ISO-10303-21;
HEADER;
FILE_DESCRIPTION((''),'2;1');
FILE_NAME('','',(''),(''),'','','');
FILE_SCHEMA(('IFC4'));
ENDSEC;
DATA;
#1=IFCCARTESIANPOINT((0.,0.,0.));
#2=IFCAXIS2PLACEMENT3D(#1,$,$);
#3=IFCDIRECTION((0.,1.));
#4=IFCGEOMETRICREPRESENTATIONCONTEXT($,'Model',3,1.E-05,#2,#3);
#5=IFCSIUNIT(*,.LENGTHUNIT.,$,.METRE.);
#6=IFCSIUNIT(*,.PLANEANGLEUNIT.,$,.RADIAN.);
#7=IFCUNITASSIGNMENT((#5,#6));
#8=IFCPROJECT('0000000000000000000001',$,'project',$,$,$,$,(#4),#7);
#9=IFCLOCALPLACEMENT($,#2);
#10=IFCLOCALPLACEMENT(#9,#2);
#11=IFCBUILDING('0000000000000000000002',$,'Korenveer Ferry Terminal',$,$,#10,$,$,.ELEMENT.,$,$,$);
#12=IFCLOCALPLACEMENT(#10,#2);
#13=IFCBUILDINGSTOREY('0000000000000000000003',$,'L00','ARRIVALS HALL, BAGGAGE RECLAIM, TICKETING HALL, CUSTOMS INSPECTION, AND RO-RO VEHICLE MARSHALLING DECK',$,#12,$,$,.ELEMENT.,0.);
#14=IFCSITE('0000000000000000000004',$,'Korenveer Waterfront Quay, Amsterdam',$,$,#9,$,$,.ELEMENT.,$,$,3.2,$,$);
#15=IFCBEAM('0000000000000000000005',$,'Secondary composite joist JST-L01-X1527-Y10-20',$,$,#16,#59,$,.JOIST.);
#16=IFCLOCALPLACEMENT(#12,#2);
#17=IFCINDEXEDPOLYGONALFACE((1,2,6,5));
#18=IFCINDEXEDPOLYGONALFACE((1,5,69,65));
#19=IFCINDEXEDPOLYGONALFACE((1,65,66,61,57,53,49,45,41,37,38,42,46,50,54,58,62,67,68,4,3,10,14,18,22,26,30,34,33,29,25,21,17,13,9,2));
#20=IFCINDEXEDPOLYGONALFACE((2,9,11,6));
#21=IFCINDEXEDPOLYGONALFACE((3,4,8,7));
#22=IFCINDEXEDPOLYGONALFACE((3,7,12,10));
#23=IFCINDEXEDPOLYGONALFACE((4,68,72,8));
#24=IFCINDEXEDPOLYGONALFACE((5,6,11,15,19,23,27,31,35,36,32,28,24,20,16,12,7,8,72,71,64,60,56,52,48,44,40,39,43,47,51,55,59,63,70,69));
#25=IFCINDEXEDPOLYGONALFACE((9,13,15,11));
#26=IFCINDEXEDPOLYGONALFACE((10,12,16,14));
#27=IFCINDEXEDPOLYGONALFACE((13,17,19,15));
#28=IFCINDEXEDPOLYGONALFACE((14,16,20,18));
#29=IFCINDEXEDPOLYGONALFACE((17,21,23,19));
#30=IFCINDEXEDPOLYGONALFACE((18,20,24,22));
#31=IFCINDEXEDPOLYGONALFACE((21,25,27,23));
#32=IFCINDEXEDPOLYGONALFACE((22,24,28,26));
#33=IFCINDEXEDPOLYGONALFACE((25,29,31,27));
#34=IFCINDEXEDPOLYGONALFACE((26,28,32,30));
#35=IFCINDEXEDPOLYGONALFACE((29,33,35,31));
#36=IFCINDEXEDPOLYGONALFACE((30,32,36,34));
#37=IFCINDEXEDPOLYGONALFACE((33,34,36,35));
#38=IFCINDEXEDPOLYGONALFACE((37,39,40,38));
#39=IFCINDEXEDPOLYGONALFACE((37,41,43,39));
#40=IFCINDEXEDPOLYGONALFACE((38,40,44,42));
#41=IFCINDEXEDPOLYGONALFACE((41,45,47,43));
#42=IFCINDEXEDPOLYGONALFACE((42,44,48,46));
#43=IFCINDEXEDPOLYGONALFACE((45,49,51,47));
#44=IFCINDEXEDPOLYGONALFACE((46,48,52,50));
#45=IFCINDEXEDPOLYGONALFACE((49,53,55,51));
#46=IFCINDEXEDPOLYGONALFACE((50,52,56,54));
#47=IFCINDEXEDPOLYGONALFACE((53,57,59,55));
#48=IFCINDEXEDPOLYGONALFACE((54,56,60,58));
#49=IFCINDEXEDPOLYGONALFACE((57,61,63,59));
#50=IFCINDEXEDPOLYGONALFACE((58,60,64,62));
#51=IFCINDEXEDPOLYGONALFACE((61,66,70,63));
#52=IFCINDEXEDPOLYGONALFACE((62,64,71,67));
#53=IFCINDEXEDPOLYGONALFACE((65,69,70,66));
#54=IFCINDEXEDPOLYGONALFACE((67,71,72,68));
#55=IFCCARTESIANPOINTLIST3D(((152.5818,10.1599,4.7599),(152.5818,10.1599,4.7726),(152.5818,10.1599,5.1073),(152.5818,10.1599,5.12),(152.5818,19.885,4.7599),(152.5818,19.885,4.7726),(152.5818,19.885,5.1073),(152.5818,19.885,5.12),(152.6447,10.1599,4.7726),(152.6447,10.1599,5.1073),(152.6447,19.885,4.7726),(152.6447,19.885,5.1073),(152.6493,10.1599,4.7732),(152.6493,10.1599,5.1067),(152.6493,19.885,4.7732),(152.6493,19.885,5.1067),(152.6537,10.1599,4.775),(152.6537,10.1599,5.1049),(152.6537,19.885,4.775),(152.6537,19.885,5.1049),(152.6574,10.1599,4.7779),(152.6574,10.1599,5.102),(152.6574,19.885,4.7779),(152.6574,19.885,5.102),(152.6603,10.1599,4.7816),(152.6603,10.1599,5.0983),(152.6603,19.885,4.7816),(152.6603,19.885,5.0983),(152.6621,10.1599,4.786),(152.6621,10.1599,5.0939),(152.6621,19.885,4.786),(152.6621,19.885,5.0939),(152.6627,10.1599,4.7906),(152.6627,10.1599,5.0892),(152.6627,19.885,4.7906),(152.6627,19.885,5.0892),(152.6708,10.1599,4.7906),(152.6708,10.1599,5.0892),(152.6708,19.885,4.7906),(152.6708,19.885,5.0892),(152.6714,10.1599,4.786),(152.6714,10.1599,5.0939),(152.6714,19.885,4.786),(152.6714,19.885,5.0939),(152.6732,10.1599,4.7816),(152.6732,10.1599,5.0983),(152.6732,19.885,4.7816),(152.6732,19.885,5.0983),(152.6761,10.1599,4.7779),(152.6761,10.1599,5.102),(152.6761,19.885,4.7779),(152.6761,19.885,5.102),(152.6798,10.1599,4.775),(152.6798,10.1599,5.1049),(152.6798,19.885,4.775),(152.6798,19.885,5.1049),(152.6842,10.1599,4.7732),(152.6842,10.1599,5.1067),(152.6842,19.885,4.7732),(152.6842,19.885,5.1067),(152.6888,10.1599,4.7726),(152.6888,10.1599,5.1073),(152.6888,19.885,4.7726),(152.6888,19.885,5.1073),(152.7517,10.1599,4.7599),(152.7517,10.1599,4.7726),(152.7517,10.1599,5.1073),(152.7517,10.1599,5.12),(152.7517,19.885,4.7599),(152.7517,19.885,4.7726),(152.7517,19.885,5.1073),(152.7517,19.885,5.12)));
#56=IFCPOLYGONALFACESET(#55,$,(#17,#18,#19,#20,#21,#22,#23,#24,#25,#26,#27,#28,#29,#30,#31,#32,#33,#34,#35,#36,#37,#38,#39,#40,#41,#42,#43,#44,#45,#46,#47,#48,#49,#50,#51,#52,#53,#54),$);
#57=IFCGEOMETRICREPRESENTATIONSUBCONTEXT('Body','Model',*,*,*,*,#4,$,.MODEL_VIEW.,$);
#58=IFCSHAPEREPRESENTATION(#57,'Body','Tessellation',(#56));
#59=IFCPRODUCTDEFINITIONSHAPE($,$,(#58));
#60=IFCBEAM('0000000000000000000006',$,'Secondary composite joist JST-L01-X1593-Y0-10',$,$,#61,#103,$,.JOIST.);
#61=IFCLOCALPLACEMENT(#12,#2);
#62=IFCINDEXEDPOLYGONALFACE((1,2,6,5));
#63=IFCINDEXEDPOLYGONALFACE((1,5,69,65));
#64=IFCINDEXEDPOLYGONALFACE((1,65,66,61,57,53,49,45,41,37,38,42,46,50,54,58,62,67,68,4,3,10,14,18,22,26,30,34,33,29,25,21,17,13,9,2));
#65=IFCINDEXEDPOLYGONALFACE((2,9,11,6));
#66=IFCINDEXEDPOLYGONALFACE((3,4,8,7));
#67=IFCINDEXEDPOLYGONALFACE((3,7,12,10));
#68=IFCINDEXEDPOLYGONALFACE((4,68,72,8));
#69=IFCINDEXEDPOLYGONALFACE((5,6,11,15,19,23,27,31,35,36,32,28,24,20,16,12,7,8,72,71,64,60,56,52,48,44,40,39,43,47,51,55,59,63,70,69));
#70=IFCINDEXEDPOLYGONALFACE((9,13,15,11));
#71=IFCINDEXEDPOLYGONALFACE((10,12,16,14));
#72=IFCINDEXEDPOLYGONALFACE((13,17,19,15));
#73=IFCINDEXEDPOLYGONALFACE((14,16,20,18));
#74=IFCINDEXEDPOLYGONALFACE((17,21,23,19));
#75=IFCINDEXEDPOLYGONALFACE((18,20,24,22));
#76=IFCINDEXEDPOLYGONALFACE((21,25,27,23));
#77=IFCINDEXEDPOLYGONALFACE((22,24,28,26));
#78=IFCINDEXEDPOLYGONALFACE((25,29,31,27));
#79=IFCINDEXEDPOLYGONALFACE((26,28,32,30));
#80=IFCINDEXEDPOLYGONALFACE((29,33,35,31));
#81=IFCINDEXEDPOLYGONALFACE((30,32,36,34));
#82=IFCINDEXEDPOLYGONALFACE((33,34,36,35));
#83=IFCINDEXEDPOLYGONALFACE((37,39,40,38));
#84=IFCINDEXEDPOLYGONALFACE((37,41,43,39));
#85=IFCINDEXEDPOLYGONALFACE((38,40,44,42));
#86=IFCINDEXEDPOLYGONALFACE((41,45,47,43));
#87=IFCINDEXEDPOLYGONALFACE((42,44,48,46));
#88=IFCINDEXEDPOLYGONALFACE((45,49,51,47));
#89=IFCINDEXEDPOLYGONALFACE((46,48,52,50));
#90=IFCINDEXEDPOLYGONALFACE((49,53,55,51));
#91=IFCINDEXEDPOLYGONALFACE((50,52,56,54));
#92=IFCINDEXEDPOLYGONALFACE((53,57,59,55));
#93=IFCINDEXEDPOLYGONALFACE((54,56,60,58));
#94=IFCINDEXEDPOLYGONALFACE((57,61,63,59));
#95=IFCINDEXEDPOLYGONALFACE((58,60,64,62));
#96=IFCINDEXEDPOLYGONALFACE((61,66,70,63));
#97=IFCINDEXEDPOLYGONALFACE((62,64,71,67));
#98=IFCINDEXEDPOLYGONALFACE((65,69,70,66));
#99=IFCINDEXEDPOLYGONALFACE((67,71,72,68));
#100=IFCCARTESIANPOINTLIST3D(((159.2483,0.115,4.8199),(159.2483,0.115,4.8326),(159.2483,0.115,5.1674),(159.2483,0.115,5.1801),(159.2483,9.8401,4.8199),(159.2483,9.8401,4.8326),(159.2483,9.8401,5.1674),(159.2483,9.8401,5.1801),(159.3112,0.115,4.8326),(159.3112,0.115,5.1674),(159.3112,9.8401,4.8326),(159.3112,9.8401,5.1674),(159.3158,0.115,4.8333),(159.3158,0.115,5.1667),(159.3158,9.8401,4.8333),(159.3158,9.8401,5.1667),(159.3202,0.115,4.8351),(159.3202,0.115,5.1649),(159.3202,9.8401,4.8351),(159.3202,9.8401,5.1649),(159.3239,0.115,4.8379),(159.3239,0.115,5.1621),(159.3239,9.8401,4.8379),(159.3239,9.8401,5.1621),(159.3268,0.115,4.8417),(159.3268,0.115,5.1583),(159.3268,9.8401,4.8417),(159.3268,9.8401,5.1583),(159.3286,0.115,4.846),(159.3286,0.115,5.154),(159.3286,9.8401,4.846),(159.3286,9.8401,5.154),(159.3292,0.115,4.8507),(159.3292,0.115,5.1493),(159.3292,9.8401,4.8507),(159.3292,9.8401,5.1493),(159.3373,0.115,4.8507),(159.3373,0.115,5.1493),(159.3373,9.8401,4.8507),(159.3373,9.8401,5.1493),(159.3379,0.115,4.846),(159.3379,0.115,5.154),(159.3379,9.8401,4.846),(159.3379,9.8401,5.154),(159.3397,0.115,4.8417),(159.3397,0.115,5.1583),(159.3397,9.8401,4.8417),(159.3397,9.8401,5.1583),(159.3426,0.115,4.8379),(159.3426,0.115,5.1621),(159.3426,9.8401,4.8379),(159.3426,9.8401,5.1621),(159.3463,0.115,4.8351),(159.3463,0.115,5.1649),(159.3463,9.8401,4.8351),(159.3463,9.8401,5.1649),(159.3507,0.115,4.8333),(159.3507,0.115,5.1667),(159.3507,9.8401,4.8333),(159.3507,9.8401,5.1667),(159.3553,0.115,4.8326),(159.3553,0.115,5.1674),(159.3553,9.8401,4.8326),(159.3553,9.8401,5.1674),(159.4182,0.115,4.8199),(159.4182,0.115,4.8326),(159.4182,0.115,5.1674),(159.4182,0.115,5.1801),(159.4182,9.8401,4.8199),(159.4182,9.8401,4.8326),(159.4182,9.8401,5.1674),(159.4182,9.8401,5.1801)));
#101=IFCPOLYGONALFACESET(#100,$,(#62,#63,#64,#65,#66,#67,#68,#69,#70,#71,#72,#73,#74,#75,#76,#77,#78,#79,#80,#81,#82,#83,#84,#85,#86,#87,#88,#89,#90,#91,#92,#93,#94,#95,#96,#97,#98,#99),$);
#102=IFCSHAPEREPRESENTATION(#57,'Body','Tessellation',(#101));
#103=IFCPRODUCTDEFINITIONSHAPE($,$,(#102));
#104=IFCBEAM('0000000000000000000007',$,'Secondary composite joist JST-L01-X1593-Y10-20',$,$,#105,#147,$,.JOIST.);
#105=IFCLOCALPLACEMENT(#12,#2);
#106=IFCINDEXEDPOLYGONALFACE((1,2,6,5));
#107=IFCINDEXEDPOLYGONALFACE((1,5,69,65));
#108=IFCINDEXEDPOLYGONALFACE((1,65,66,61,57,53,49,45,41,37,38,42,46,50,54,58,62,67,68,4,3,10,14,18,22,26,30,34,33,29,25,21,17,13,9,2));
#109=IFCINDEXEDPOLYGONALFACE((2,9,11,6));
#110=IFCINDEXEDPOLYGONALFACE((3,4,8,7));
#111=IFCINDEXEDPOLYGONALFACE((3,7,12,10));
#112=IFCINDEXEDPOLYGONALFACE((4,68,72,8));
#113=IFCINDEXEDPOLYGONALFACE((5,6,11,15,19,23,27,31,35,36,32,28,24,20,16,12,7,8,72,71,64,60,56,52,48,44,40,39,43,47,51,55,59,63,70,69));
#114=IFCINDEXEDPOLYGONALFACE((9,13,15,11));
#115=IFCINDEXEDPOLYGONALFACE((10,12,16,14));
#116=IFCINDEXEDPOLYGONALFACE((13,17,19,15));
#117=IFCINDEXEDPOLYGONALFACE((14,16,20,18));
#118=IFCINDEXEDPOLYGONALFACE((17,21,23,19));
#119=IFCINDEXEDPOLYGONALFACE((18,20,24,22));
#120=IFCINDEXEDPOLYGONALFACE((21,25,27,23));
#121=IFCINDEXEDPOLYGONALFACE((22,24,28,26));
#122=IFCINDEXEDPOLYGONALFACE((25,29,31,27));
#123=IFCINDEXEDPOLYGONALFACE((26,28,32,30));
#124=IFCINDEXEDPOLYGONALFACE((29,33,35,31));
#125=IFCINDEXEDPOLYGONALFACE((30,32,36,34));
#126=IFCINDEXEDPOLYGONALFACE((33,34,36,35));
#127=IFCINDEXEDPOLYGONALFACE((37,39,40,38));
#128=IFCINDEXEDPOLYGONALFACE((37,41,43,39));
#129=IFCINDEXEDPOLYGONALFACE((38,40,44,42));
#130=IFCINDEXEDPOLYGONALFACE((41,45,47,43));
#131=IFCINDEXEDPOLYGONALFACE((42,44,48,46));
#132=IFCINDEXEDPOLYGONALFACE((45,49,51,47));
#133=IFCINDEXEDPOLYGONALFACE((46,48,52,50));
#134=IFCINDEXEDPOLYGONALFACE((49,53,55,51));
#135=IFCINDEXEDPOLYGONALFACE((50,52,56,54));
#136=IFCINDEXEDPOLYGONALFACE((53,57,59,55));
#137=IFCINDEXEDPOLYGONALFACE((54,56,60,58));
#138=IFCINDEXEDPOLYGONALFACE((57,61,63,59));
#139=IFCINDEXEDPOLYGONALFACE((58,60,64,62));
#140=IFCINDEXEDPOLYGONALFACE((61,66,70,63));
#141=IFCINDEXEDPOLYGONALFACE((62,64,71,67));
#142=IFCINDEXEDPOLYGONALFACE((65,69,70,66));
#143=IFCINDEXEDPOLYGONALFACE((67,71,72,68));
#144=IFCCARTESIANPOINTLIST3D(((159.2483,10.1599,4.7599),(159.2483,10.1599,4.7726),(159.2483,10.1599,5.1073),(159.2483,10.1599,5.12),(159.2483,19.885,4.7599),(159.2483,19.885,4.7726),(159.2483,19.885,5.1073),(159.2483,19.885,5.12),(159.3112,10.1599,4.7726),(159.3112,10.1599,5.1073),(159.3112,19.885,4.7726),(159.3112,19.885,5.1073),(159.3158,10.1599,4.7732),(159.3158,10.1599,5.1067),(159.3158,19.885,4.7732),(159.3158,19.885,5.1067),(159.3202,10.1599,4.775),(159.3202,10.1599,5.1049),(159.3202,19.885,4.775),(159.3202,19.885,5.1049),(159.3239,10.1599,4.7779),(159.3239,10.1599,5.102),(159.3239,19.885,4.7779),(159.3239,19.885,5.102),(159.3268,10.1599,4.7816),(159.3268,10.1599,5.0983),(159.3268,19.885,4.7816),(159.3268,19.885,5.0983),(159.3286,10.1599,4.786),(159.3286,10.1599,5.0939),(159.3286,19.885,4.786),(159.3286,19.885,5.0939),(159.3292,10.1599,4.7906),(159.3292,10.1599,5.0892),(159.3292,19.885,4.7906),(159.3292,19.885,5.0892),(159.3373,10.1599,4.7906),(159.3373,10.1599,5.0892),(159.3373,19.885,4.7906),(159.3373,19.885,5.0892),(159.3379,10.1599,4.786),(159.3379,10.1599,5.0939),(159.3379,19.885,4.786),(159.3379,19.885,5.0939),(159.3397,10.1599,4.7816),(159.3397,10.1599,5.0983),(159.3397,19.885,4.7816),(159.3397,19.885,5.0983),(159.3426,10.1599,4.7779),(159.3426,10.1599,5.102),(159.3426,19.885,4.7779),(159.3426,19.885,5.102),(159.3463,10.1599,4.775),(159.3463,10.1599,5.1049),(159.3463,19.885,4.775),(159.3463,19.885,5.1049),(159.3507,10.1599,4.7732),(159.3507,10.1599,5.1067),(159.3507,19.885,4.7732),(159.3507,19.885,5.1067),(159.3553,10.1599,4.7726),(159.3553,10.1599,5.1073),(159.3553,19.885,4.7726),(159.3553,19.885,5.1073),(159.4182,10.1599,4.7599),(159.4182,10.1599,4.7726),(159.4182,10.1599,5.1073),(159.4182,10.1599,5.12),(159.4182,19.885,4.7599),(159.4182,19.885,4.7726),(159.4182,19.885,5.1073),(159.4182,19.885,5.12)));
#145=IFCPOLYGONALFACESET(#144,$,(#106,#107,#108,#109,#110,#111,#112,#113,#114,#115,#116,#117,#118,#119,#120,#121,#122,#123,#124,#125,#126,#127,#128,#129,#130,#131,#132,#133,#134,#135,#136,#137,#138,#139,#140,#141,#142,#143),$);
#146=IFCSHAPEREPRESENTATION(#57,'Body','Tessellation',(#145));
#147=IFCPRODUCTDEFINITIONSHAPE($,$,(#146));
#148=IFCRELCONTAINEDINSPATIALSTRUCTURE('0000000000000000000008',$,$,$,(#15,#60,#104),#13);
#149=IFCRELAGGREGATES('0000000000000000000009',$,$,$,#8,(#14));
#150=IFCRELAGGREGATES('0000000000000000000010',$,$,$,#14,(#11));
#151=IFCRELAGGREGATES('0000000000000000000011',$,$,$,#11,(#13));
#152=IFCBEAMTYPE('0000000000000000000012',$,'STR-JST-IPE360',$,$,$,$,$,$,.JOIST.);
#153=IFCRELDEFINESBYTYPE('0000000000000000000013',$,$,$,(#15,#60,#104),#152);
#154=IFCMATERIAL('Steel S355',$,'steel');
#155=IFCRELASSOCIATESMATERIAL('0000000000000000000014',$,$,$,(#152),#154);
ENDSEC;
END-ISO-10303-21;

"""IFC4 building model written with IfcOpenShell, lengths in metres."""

from ifc_helpers import new_model, si_unit, direction, frame, origin, origin_2d, place, context, subcontext, project, spatial, i_section, extrude, material, material_profile, profile_set, type_object, element, save


model = new_model("IFC4")

# Units and contexts
model_context = context("Model", 3, precision=1e-05, world=origin(), true_north=direction((0.0, 1.0)))
body_context = subcontext(model_context, "Body", "Model", "MODEL_VIEW")
ifc_project = project(units=[si_unit("LENGTHUNIT", "METRE"), si_unit("PLANEANGLEUNIT", "RADIAN")], contexts=[model_context])

# Site, building, storey
site_placement = place(None, origin())
site = spatial("IfcSite", under=ifc_project, at=site_placement, Name="Korenveer Waterfront Quay, Amsterdam", CompositionType="ELEMENT", RefElevation=3.2)
building_placement = place(site_placement, origin())
building = spatial("IfcBuilding", under=site, at=building_placement, Name="Korenveer Ferry Terminal", CompositionType="ELEMENT")
storey_placement = place(building_placement, origin())
storey = spatial("IfcBuildingStorey", under=building, at=storey_placement, Name="L00", Description="ARRIVALS HALL, BAGGAGE RECLAIM, TICKETING HALL, CUSTOMS INSPECTION, AND RO-RO VEHICLE MARSHALLING DECK", CompositionType="ELEMENT", Elevation=0.0)

# Beams
ifc_material_1 = material(Name="Steel S355", Category="steel")
ifc_material_profile_1 = material_profile(ifc_material_1, i_section(OverallWidth=0.1699, OverallDepth=0.3601, WebThickness=0.0081, FlangeThickness=0.0127, FilletRadius=0.0181, at=origin_2d()), Name="IPE 360")
ifc_profile_set_1 = profile_set([ifc_material_profile_1], Name="Steel S355")
beam_type_1 = type_object("IfcBeamType", Name="STR-JST-IPE360", PredefinedType="JOIST", material=ifc_profile_set_1)
for number, where, z_axis, x_axis, name in (
    (1, (152.6667, 10.1599, 4.9399), (0.0, 1.0, 0.0), (-1.0, 0.0, 0.0), "Secondary composite joist JST-L01-X1527-Y10-20"),
    (2, (159.3333, 0.115, 5.0), (0.0, 1.0, 0.0), (-1.0, 0.0, 0.0), "Secondary composite joist JST-L01-X1593-Y0-10"),
    (3, (159.3333, 10.1599, 4.9399), (0.0, 1.0, 0.0), (-1.0, 0.0, 0.0), "Secondary composite joist JST-L01-X1593-Y10-20"),
):
    element("IfcBeam", number, at=place(storey_placement, frame(where, z_axis=z_axis, x_axis=x_axis)), inside=storey, type_object=beam_type_1, Name=name, PredefinedType="JOIST", context=body_context, shape_type="SweptSolid", body=[
        extrude(i_section(OverallWidth=0.1699, OverallDepth=0.3601, WebThickness=0.0081, FlangeThickness=0.0127, FilletRadius=0.0181, at=origin_2d()), origin(), (0.0, 0.0, 1.0), 9.7251),
    ])

save(model, "model.ifc")
